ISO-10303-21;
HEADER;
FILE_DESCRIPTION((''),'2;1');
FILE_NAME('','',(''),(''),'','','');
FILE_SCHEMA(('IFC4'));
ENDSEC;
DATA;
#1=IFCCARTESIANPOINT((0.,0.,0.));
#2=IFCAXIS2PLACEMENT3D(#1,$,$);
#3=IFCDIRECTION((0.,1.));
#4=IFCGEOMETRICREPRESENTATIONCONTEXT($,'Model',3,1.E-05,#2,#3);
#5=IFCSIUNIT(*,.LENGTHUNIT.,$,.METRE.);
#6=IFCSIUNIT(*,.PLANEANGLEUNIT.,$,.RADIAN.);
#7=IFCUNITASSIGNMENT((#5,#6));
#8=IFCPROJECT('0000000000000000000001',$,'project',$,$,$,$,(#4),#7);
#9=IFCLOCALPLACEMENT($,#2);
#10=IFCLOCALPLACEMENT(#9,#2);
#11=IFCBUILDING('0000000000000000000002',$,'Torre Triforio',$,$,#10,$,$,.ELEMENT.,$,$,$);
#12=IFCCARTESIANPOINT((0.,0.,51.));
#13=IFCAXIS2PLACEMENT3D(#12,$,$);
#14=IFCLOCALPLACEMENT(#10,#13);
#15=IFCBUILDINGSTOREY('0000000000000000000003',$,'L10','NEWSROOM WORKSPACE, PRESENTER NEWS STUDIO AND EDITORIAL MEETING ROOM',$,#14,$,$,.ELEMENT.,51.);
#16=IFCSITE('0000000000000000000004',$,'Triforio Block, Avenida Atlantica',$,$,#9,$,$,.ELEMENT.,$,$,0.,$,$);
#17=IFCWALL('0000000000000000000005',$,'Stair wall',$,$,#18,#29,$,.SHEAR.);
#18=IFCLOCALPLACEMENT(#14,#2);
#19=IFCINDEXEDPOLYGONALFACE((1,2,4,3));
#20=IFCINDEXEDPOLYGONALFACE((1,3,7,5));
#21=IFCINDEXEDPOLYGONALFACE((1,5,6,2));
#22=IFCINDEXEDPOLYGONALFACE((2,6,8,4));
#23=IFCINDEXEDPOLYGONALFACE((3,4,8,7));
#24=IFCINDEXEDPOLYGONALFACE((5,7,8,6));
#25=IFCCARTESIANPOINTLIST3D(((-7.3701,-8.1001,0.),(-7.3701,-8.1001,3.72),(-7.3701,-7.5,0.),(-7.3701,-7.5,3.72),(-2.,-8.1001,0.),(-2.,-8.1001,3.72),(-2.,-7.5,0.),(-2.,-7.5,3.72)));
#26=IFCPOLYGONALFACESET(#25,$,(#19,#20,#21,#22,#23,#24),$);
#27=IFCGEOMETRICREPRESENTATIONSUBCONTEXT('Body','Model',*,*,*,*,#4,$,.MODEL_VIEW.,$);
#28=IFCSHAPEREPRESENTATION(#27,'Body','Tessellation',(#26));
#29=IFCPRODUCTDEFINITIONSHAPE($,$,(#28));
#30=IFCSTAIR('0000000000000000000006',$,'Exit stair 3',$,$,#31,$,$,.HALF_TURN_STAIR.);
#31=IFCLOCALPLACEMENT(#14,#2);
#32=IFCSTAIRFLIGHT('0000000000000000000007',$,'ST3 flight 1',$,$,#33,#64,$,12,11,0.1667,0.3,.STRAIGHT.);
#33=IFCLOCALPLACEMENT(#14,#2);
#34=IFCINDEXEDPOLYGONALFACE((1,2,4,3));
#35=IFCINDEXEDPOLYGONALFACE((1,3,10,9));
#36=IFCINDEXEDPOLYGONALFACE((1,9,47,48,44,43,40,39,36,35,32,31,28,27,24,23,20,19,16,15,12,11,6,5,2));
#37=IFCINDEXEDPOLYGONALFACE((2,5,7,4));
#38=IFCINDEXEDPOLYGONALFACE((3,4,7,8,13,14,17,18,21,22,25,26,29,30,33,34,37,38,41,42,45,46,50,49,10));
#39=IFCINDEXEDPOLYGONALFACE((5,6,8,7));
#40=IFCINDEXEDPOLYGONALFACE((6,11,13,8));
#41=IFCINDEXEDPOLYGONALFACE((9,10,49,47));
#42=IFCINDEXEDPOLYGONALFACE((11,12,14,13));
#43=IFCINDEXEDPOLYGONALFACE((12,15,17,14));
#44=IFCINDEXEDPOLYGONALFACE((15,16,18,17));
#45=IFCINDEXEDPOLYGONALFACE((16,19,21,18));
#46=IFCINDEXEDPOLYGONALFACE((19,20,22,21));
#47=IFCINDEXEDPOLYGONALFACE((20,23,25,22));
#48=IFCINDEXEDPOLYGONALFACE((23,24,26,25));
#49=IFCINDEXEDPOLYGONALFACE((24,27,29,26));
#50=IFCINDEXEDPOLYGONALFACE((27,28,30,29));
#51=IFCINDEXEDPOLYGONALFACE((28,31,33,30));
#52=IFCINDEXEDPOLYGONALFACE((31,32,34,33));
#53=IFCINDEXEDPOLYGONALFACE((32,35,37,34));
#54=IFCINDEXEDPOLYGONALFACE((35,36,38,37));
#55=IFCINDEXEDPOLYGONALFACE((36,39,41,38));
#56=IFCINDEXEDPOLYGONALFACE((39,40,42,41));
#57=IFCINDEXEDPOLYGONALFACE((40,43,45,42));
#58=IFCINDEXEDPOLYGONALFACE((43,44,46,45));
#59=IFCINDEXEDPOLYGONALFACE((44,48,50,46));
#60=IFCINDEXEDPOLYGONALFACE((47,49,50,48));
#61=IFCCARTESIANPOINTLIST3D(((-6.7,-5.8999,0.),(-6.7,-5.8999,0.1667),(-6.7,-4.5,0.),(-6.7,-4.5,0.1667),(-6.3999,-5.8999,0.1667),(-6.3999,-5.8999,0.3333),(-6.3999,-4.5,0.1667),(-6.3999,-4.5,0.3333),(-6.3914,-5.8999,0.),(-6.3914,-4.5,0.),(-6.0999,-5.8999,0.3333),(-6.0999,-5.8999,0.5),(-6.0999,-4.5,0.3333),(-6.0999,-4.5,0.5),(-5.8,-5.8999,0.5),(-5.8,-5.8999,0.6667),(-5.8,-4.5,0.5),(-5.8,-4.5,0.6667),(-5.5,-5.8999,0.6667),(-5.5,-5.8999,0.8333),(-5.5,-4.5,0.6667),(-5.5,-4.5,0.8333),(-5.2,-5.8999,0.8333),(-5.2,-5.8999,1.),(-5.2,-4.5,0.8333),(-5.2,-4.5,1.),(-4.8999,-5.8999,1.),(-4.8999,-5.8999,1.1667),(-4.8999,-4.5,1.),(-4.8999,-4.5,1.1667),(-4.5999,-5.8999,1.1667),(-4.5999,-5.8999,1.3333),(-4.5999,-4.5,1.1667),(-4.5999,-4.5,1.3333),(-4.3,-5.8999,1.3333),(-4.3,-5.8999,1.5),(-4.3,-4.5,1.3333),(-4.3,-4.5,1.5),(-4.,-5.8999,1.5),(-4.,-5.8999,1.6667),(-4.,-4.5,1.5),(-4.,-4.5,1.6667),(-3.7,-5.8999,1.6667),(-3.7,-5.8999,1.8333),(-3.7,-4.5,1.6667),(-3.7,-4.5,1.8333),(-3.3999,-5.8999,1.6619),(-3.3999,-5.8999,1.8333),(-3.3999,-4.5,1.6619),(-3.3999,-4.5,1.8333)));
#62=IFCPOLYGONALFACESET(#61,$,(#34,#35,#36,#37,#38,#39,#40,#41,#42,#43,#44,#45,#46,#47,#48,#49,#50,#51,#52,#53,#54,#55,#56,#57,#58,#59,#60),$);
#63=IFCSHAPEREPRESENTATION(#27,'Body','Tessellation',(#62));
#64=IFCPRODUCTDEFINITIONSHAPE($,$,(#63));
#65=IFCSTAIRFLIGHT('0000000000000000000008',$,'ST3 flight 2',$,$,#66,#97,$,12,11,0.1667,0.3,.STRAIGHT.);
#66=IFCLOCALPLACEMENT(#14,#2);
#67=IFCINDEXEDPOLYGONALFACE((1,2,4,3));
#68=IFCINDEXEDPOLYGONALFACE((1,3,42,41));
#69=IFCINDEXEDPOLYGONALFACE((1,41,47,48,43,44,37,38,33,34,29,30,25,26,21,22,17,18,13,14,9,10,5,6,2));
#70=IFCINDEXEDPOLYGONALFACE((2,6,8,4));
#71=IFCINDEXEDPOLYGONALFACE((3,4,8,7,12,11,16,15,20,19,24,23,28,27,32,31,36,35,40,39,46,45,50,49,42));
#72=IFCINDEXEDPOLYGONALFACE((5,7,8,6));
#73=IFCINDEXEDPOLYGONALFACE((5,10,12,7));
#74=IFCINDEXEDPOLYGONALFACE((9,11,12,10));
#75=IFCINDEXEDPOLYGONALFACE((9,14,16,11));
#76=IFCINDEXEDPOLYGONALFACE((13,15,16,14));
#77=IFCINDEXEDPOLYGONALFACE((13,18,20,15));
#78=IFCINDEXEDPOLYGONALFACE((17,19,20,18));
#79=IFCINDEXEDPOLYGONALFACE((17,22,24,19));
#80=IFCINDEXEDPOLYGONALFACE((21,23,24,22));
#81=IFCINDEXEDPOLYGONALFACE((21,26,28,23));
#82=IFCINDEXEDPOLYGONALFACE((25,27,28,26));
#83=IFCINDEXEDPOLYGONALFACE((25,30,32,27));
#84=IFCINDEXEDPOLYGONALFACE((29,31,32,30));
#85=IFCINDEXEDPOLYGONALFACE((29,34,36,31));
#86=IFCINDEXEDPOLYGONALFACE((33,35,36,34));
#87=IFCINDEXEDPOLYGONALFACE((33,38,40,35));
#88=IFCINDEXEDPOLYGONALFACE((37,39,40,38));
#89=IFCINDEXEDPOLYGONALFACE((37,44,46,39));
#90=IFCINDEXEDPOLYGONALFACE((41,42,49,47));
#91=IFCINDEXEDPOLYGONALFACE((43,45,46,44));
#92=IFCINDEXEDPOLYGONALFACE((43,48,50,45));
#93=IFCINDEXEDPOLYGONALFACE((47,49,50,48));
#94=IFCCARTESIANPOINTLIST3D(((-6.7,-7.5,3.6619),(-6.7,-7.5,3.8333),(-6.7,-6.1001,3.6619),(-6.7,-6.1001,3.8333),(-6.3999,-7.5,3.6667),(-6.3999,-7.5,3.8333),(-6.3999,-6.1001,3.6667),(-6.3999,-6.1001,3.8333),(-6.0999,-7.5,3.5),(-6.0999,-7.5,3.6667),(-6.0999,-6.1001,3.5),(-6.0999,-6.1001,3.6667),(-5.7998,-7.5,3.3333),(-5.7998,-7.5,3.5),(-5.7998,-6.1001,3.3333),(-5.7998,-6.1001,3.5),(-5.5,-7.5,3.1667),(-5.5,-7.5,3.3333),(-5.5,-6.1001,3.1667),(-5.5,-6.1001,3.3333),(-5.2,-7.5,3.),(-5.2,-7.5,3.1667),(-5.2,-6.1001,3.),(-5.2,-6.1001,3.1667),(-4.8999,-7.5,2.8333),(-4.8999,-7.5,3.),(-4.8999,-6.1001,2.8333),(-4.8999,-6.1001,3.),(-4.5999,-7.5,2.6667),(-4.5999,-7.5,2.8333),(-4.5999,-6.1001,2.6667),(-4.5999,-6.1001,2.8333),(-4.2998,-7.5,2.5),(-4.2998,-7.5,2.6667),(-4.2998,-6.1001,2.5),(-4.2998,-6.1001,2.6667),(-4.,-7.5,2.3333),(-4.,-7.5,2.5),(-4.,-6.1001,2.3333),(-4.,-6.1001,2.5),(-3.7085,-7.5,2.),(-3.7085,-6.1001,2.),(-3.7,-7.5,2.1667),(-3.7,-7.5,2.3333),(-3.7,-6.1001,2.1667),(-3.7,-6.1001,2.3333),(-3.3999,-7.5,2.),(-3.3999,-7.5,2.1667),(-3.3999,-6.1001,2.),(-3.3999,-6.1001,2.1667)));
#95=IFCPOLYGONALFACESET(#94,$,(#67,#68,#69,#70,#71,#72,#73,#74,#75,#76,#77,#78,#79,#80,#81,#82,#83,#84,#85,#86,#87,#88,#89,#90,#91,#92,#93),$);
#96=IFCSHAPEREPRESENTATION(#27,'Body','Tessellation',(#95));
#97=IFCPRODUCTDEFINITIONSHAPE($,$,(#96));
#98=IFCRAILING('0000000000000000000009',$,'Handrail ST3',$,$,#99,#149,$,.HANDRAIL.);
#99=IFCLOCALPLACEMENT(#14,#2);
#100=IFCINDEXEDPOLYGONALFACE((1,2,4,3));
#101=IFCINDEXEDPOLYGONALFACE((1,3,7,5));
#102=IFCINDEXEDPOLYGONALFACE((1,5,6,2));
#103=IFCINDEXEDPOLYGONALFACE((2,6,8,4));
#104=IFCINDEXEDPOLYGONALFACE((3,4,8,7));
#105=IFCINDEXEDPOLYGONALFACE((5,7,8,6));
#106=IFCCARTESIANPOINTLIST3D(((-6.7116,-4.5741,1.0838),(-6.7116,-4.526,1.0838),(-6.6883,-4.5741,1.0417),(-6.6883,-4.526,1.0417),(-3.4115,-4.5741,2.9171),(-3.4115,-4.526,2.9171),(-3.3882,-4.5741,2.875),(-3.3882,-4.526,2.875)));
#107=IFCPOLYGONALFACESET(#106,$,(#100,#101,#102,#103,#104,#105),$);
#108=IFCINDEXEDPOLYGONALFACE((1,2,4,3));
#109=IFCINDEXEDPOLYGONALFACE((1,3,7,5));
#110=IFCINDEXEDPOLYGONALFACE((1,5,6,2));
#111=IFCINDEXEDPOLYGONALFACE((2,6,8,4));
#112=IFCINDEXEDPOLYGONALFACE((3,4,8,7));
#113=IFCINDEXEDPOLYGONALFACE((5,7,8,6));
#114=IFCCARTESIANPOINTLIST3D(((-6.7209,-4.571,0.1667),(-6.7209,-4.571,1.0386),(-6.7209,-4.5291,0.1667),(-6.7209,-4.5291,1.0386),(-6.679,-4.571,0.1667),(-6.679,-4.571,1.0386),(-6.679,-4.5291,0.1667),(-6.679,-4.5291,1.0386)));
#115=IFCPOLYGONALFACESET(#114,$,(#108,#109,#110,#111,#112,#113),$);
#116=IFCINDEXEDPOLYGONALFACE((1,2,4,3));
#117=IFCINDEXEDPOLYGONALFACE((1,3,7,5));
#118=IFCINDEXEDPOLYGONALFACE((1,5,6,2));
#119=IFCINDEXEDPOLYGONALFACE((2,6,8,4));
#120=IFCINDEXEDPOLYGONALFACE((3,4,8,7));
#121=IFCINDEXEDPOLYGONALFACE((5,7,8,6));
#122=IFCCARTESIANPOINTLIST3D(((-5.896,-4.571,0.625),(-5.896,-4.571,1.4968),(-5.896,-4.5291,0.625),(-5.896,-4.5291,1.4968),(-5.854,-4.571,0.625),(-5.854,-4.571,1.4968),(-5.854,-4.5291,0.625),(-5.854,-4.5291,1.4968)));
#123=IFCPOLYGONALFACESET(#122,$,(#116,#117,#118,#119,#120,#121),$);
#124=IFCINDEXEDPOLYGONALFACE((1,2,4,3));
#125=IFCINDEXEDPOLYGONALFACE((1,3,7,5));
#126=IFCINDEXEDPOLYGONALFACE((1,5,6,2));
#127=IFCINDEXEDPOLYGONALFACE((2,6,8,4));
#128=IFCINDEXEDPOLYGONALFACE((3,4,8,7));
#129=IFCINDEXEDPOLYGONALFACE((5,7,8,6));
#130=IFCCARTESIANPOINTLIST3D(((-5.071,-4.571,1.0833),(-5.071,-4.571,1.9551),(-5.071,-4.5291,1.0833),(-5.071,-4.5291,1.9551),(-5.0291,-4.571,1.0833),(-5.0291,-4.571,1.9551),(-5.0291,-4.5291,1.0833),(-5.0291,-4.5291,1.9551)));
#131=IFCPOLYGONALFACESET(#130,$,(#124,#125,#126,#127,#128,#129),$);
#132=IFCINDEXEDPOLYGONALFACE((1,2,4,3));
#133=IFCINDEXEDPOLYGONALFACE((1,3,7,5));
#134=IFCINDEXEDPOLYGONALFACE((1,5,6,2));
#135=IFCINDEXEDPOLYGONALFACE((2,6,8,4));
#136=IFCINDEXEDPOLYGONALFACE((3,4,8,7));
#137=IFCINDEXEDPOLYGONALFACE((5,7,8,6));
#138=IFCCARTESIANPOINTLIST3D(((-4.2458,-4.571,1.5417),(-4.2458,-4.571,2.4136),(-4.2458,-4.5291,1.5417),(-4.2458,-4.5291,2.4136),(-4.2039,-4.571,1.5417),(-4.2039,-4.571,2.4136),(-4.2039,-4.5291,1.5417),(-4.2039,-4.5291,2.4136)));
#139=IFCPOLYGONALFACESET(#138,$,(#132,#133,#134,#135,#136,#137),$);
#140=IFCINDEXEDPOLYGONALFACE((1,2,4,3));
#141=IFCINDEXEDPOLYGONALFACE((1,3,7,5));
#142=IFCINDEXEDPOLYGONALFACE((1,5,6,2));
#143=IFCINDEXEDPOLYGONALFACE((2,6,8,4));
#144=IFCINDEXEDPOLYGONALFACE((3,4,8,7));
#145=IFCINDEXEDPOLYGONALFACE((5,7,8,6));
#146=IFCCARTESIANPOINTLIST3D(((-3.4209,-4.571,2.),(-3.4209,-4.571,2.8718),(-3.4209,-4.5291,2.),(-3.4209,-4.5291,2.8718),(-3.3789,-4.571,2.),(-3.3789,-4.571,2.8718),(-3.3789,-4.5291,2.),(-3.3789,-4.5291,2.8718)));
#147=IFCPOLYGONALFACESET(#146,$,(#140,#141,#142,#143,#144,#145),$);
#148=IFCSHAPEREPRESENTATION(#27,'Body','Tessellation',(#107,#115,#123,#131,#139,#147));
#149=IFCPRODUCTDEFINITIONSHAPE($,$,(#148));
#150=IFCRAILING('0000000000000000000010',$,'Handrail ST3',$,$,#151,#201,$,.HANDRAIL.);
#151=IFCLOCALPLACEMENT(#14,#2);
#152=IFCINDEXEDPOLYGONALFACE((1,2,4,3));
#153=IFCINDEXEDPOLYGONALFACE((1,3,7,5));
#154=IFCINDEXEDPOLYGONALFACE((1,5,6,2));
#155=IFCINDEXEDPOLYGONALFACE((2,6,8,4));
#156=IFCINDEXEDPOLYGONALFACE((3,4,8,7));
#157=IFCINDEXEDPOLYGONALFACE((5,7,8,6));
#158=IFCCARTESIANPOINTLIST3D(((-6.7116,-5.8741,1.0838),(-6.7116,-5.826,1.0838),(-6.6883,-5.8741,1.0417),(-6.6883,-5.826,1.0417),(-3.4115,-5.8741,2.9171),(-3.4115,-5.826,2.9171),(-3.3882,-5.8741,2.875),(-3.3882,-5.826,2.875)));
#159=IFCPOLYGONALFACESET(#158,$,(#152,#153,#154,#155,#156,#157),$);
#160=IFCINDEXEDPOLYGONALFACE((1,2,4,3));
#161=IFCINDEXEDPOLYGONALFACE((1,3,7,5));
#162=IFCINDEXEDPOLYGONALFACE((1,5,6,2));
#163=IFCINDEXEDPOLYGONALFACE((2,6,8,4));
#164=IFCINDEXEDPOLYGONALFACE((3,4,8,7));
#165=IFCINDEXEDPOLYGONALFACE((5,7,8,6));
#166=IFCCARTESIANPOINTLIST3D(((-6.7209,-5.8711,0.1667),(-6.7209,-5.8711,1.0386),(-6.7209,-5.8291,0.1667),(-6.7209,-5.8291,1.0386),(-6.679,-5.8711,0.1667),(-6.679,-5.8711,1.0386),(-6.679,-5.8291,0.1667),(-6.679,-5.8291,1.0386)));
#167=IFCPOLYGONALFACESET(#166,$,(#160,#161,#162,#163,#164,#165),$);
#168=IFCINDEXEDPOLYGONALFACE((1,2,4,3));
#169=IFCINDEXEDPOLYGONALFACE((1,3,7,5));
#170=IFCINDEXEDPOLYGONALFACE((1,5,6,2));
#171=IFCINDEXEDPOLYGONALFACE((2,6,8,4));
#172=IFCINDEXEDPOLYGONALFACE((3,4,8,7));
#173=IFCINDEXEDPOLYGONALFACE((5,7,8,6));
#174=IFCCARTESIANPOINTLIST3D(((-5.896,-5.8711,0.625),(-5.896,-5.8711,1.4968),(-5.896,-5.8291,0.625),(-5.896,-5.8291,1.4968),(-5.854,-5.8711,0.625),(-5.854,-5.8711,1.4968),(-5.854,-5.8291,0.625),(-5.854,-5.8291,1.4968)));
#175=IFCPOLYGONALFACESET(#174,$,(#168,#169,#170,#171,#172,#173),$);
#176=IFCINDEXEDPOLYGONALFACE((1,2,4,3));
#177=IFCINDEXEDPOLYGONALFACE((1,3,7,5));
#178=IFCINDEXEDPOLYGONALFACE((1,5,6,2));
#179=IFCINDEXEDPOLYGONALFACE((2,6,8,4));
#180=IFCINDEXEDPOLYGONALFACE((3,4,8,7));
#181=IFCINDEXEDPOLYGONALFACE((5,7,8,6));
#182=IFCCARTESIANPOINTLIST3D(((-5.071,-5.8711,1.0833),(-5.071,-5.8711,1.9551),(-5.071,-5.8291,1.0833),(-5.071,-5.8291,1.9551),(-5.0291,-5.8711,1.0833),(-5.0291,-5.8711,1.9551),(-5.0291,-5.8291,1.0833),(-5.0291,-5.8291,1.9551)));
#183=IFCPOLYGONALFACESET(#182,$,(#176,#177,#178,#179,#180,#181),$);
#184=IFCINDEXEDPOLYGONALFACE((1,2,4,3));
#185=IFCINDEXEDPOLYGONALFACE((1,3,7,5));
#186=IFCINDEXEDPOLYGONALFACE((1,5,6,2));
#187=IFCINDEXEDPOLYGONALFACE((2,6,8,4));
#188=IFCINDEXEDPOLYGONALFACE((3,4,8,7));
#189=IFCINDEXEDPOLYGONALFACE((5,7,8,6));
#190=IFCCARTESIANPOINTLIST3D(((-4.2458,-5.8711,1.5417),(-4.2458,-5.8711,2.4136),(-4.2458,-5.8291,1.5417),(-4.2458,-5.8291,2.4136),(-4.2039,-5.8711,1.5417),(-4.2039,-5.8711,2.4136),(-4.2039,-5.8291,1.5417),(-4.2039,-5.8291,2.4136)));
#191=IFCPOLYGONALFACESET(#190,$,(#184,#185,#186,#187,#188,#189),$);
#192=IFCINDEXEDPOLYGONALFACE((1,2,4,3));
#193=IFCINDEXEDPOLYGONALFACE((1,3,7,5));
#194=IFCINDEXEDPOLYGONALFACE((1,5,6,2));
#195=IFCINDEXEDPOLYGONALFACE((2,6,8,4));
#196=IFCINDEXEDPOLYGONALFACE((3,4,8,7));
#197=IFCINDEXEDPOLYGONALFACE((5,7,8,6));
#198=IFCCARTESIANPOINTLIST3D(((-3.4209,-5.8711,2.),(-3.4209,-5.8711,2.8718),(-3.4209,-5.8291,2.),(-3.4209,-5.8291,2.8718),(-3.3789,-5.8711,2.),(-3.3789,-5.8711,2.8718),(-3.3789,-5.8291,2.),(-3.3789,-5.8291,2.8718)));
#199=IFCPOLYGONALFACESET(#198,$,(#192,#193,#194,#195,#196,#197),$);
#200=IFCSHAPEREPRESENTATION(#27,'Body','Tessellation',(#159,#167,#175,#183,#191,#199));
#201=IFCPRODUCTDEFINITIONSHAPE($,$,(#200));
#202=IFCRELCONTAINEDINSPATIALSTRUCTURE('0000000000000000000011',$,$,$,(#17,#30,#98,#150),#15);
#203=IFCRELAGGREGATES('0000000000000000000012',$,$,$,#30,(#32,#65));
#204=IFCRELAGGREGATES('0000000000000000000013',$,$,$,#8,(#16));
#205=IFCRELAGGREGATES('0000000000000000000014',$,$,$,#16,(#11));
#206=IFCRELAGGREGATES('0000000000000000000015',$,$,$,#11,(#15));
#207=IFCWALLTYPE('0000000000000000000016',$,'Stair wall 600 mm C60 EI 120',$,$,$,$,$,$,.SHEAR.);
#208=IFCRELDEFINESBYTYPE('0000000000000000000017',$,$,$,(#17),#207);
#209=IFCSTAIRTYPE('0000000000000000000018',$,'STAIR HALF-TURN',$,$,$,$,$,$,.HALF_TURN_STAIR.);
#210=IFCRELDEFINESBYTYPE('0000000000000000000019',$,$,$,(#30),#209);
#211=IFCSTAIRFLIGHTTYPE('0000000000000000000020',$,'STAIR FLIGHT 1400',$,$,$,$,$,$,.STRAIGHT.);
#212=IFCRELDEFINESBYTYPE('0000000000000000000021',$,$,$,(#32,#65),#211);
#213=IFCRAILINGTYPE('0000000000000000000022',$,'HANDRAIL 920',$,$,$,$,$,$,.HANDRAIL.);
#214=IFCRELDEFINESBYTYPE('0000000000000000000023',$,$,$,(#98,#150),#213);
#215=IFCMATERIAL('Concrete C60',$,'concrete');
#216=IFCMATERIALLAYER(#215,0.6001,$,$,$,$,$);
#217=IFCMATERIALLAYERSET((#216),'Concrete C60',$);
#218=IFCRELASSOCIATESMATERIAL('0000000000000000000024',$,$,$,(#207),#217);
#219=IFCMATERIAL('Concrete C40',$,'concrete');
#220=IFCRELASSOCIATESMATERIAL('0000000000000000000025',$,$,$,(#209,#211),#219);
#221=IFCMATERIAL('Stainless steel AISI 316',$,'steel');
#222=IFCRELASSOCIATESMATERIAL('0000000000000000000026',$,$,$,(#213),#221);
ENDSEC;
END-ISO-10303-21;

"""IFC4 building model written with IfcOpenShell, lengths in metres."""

from ifc_helpers import new_model, si_unit, direction, frame, frame_2d, origin, origin_2d, place, context, subcontext, project, spatial, polyline, rectangle, outline, extrude, material, layer, layer_set, type_object, element, aggregate, save


model = new_model("IFC4")

# Units and contexts
model_context = context("Model", 3, precision=1e-05, world=origin(), true_north=direction((0.0, 1.0)))
body_context = subcontext(model_context, "Body", "Model", "MODEL_VIEW")
ifc_project = project(units=[si_unit("LENGTHUNIT", "METRE"), si_unit("PLANEANGLEUNIT", "RADIAN")], contexts=[model_context])

# Site, building, storey
site_placement = place(None, origin())
site = spatial("IfcSite", under=ifc_project, at=site_placement, Name="Triforio Block, Avenida Atlantica", CompositionType="ELEMENT", RefElevation=0.0)
building_placement = place(site_placement, origin())
building = spatial("IfcBuilding", under=site, at=building_placement, Name="Torre Triforio", CompositionType="ELEMENT")
storey_placement = place(building_placement, frame((0.0, 0.0, 51.0)))
storey = spatial("IfcBuildingStorey", under=building, at=storey_placement, Name="L10", Description="NEWSROOM WORKSPACE, PRESENTER NEWS STUDIO AND EDITORIAL MEETING ROOM", CompositionType="ELEMENT", Elevation=51.0)

# Shared definitions
ifc_material_1 = material(Name="Concrete C60", Category="concrete")

# Wall
ifc_layer_1 = layer(ifc_material_1, 0.6001)
ifc_layer_set_1 = layer_set([ifc_layer_1], Name="Concrete C60")
wall_type_1 = type_object("IfcWallType", Name="Stair wall 600 mm C60 EI 120", PredefinedType="SHEAR", material=ifc_layer_set_1)
wall_1_placement = place(storey_placement, frame((-7.3701, -7.8, 0.0), z_axis=(0.0, 0.0, 1.0), x_axis=(1.0, 0.0, 0.0)))
element("IfcWall", 1, at=wall_1_placement, inside=storey, type_object=wall_type_1, Name="Stair wall", PredefinedType="SHEAR", context=body_context, shape_type="SweptSolid", body=[
    extrude(rectangle(XDim=5.3701, YDim=0.6001, at=frame_2d((2.6851, 0.0))), origin(), (0.0, 0.0, 1.0), 3.72),
])

# Stair, stair flights
ifc_material_2 = material(Name="Concrete C40", Category="concrete")
stair_type = type_object("IfcStairType", Name="STAIR HALF-TURN", PredefinedType="HALF_TURN_STAIR", material=ifc_material_2)
stair_placement = place(storey_placement, origin())
stair = element("IfcStair", 2, at=stair_placement, inside=storey, type_object=stair_type, Name="Exit stair 3", PredefinedType="HALF_TURN_STAIR")
stair_flight_type = type_object("IfcStairFlightType", Name="STAIR FLIGHT 1400", PredefinedType="STRAIGHT", material=ifc_material_2)
stair_flight_1_placement = place(storey_placement, frame((-6.7, -5.2, 0.0), z_axis=(0.0, 0.0, 1.0), x_axis=(1.0, 0.0, 0.0)))
stair_flight_1 = element("IfcStairFlight", 3, at=stair_flight_1_placement, type_object=stair_flight_type, Name="ST3 flight 1", NumberOfRisers=12, NumberOfTreads=11, PredefinedType="STRAIGHT", RiserHeight=0.1667, TreadLength=0.3, context=body_context, shape_type="SweptSolid", body=[
    extrude(outline(polyline([(0.0, 0.0), (0.0, 0.1667), (0.3, 0.1667), (0.3, 0.3333), (0.6001, 0.3333), (0.6001, 0.5), (0.8999, 0.5), (0.8999, 0.6667), (1.2, 0.6667), (1.2, 0.8333), (1.5, 0.8333), (1.5, 1.0), (1.8, 1.0), (1.8, 1.1667), (2.1001, 1.1667), (2.1001, 1.3333), (2.3999, 1.3333), (2.3999, 1.5), (2.7, 1.5), (2.7, 1.6667), (3.0, 1.6667), (3.0, 1.8333), (3.3, 1.8333), (3.3, 2.0), (3.3, 1.6619), (0.3086, 0.0), (0.0, 0.0)])), frame((0.0, 0.7, 0.0), z_axis=(0.0, -1.0, 0.0), x_axis=(1.0, 0.0, 0.0)), (0.0, 0.0, 1.0), 1.3999),
])
stair_flight_2_placement = place(storey_placement, frame((-3.3999, -6.8, 2.0), z_axis=(0.0, 0.0, 1.0), x_axis=(-1.0, 0.0, 0.0)))
stair_flight_2 = element("IfcStairFlight", 4, at=stair_flight_2_placement, type_object=stair_flight_type, Name="ST3 flight 2", NumberOfRisers=12, NumberOfTreads=11, PredefinedType="STRAIGHT", RiserHeight=0.1667, TreadLength=0.3, context=body_context, shape_type="SweptSolid", body=[
    extrude(outline(polyline([(0.0, 0.0), (0.0, 0.1667), (0.3, 0.1667), (0.3, 0.3333), (0.6001, 0.3333), (0.6001, 0.5), (0.8999, 0.5), (0.8999, 0.6667), (1.2, 0.6667), (1.2, 0.8333), (1.5, 0.8333), (1.5, 1.0), (1.8, 1.0), (1.8, 1.1667), (2.1001, 1.1667), (2.1001, 1.3333), (2.3999, 1.3333), (2.3999, 1.5), (2.7, 1.5), (2.7, 1.6667), (3.0, 1.6667), (3.0, 1.8333), (3.3, 1.8333), (3.3, 2.0), (3.3, 1.6619), (0.3086, 0.0), (0.0, 0.0)])), frame((0.0, 0.7, 0.0), z_axis=(0.0, -1.0, 0.0), x_axis=(1.0, 0.0, 0.0)), (0.0, 0.0, 1.0), 1.3999),
])
aggregate(stair, [stair_flight_1, stair_flight_2])

# Railings
ifc_material_3 = material(Name="Stainless steel AISI 316", Category="steel")
railing_type = type_object("IfcRailingType", Name="HANDRAIL 920", PredefinedType="HANDRAIL", material=ifc_material_3)
for number, where, name in (
    (5, (-6.7, -4.55, 0.1667), "Handrail ST3"),
    (6, (-6.7, -5.8501, 0.1667), "Handrail ST3"),
):
    element("IfcRailing", number, at=place(storey_placement, frame(where)), inside=storey, type_object=railing_type, Name=name, PredefinedType="HANDRAIL", context=body_context, shape_type="SweptSolid", body=[
        extrude(rectangle(XDim=0.0481, YDim=0.0481, at=origin_2d()), frame((0.0, 0.0, 0.896), z_axis=(0.874169, 0.0, 0.485621), x_axis=(0.0, 1.0, 0.0)), (0.0, 0.0, 1.0), 3.7751),
        extrude(rectangle(XDim=0.042, YDim=0.042, at=origin_2d()), origin(), (0.0, 0.0, 1.0), 0.8718),
        extrude(rectangle(XDim=0.042, YDim=0.042, at=origin_2d()), frame((0.825, 0.0, 0.4583)), (0.0, 0.0, 1.0), 0.8718),
        extrude(rectangle(XDim=0.042, YDim=0.042, at=origin_2d()), frame((1.6499, 0.0, 0.9165)), (0.0, 0.0, 1.0), 0.8718),
        extrude(rectangle(XDim=0.042, YDim=0.042, at=origin_2d()), frame((2.4751, 0.0, 1.375)), (0.0, 0.0, 1.0), 0.8718),
        extrude(rectangle(XDim=0.042, YDim=0.042, at=origin_2d()), frame((3.3, 0.0, 1.8333)), (0.0, 0.0, 1.0), 0.8718),
    ])

save(model, "model.ifc")
